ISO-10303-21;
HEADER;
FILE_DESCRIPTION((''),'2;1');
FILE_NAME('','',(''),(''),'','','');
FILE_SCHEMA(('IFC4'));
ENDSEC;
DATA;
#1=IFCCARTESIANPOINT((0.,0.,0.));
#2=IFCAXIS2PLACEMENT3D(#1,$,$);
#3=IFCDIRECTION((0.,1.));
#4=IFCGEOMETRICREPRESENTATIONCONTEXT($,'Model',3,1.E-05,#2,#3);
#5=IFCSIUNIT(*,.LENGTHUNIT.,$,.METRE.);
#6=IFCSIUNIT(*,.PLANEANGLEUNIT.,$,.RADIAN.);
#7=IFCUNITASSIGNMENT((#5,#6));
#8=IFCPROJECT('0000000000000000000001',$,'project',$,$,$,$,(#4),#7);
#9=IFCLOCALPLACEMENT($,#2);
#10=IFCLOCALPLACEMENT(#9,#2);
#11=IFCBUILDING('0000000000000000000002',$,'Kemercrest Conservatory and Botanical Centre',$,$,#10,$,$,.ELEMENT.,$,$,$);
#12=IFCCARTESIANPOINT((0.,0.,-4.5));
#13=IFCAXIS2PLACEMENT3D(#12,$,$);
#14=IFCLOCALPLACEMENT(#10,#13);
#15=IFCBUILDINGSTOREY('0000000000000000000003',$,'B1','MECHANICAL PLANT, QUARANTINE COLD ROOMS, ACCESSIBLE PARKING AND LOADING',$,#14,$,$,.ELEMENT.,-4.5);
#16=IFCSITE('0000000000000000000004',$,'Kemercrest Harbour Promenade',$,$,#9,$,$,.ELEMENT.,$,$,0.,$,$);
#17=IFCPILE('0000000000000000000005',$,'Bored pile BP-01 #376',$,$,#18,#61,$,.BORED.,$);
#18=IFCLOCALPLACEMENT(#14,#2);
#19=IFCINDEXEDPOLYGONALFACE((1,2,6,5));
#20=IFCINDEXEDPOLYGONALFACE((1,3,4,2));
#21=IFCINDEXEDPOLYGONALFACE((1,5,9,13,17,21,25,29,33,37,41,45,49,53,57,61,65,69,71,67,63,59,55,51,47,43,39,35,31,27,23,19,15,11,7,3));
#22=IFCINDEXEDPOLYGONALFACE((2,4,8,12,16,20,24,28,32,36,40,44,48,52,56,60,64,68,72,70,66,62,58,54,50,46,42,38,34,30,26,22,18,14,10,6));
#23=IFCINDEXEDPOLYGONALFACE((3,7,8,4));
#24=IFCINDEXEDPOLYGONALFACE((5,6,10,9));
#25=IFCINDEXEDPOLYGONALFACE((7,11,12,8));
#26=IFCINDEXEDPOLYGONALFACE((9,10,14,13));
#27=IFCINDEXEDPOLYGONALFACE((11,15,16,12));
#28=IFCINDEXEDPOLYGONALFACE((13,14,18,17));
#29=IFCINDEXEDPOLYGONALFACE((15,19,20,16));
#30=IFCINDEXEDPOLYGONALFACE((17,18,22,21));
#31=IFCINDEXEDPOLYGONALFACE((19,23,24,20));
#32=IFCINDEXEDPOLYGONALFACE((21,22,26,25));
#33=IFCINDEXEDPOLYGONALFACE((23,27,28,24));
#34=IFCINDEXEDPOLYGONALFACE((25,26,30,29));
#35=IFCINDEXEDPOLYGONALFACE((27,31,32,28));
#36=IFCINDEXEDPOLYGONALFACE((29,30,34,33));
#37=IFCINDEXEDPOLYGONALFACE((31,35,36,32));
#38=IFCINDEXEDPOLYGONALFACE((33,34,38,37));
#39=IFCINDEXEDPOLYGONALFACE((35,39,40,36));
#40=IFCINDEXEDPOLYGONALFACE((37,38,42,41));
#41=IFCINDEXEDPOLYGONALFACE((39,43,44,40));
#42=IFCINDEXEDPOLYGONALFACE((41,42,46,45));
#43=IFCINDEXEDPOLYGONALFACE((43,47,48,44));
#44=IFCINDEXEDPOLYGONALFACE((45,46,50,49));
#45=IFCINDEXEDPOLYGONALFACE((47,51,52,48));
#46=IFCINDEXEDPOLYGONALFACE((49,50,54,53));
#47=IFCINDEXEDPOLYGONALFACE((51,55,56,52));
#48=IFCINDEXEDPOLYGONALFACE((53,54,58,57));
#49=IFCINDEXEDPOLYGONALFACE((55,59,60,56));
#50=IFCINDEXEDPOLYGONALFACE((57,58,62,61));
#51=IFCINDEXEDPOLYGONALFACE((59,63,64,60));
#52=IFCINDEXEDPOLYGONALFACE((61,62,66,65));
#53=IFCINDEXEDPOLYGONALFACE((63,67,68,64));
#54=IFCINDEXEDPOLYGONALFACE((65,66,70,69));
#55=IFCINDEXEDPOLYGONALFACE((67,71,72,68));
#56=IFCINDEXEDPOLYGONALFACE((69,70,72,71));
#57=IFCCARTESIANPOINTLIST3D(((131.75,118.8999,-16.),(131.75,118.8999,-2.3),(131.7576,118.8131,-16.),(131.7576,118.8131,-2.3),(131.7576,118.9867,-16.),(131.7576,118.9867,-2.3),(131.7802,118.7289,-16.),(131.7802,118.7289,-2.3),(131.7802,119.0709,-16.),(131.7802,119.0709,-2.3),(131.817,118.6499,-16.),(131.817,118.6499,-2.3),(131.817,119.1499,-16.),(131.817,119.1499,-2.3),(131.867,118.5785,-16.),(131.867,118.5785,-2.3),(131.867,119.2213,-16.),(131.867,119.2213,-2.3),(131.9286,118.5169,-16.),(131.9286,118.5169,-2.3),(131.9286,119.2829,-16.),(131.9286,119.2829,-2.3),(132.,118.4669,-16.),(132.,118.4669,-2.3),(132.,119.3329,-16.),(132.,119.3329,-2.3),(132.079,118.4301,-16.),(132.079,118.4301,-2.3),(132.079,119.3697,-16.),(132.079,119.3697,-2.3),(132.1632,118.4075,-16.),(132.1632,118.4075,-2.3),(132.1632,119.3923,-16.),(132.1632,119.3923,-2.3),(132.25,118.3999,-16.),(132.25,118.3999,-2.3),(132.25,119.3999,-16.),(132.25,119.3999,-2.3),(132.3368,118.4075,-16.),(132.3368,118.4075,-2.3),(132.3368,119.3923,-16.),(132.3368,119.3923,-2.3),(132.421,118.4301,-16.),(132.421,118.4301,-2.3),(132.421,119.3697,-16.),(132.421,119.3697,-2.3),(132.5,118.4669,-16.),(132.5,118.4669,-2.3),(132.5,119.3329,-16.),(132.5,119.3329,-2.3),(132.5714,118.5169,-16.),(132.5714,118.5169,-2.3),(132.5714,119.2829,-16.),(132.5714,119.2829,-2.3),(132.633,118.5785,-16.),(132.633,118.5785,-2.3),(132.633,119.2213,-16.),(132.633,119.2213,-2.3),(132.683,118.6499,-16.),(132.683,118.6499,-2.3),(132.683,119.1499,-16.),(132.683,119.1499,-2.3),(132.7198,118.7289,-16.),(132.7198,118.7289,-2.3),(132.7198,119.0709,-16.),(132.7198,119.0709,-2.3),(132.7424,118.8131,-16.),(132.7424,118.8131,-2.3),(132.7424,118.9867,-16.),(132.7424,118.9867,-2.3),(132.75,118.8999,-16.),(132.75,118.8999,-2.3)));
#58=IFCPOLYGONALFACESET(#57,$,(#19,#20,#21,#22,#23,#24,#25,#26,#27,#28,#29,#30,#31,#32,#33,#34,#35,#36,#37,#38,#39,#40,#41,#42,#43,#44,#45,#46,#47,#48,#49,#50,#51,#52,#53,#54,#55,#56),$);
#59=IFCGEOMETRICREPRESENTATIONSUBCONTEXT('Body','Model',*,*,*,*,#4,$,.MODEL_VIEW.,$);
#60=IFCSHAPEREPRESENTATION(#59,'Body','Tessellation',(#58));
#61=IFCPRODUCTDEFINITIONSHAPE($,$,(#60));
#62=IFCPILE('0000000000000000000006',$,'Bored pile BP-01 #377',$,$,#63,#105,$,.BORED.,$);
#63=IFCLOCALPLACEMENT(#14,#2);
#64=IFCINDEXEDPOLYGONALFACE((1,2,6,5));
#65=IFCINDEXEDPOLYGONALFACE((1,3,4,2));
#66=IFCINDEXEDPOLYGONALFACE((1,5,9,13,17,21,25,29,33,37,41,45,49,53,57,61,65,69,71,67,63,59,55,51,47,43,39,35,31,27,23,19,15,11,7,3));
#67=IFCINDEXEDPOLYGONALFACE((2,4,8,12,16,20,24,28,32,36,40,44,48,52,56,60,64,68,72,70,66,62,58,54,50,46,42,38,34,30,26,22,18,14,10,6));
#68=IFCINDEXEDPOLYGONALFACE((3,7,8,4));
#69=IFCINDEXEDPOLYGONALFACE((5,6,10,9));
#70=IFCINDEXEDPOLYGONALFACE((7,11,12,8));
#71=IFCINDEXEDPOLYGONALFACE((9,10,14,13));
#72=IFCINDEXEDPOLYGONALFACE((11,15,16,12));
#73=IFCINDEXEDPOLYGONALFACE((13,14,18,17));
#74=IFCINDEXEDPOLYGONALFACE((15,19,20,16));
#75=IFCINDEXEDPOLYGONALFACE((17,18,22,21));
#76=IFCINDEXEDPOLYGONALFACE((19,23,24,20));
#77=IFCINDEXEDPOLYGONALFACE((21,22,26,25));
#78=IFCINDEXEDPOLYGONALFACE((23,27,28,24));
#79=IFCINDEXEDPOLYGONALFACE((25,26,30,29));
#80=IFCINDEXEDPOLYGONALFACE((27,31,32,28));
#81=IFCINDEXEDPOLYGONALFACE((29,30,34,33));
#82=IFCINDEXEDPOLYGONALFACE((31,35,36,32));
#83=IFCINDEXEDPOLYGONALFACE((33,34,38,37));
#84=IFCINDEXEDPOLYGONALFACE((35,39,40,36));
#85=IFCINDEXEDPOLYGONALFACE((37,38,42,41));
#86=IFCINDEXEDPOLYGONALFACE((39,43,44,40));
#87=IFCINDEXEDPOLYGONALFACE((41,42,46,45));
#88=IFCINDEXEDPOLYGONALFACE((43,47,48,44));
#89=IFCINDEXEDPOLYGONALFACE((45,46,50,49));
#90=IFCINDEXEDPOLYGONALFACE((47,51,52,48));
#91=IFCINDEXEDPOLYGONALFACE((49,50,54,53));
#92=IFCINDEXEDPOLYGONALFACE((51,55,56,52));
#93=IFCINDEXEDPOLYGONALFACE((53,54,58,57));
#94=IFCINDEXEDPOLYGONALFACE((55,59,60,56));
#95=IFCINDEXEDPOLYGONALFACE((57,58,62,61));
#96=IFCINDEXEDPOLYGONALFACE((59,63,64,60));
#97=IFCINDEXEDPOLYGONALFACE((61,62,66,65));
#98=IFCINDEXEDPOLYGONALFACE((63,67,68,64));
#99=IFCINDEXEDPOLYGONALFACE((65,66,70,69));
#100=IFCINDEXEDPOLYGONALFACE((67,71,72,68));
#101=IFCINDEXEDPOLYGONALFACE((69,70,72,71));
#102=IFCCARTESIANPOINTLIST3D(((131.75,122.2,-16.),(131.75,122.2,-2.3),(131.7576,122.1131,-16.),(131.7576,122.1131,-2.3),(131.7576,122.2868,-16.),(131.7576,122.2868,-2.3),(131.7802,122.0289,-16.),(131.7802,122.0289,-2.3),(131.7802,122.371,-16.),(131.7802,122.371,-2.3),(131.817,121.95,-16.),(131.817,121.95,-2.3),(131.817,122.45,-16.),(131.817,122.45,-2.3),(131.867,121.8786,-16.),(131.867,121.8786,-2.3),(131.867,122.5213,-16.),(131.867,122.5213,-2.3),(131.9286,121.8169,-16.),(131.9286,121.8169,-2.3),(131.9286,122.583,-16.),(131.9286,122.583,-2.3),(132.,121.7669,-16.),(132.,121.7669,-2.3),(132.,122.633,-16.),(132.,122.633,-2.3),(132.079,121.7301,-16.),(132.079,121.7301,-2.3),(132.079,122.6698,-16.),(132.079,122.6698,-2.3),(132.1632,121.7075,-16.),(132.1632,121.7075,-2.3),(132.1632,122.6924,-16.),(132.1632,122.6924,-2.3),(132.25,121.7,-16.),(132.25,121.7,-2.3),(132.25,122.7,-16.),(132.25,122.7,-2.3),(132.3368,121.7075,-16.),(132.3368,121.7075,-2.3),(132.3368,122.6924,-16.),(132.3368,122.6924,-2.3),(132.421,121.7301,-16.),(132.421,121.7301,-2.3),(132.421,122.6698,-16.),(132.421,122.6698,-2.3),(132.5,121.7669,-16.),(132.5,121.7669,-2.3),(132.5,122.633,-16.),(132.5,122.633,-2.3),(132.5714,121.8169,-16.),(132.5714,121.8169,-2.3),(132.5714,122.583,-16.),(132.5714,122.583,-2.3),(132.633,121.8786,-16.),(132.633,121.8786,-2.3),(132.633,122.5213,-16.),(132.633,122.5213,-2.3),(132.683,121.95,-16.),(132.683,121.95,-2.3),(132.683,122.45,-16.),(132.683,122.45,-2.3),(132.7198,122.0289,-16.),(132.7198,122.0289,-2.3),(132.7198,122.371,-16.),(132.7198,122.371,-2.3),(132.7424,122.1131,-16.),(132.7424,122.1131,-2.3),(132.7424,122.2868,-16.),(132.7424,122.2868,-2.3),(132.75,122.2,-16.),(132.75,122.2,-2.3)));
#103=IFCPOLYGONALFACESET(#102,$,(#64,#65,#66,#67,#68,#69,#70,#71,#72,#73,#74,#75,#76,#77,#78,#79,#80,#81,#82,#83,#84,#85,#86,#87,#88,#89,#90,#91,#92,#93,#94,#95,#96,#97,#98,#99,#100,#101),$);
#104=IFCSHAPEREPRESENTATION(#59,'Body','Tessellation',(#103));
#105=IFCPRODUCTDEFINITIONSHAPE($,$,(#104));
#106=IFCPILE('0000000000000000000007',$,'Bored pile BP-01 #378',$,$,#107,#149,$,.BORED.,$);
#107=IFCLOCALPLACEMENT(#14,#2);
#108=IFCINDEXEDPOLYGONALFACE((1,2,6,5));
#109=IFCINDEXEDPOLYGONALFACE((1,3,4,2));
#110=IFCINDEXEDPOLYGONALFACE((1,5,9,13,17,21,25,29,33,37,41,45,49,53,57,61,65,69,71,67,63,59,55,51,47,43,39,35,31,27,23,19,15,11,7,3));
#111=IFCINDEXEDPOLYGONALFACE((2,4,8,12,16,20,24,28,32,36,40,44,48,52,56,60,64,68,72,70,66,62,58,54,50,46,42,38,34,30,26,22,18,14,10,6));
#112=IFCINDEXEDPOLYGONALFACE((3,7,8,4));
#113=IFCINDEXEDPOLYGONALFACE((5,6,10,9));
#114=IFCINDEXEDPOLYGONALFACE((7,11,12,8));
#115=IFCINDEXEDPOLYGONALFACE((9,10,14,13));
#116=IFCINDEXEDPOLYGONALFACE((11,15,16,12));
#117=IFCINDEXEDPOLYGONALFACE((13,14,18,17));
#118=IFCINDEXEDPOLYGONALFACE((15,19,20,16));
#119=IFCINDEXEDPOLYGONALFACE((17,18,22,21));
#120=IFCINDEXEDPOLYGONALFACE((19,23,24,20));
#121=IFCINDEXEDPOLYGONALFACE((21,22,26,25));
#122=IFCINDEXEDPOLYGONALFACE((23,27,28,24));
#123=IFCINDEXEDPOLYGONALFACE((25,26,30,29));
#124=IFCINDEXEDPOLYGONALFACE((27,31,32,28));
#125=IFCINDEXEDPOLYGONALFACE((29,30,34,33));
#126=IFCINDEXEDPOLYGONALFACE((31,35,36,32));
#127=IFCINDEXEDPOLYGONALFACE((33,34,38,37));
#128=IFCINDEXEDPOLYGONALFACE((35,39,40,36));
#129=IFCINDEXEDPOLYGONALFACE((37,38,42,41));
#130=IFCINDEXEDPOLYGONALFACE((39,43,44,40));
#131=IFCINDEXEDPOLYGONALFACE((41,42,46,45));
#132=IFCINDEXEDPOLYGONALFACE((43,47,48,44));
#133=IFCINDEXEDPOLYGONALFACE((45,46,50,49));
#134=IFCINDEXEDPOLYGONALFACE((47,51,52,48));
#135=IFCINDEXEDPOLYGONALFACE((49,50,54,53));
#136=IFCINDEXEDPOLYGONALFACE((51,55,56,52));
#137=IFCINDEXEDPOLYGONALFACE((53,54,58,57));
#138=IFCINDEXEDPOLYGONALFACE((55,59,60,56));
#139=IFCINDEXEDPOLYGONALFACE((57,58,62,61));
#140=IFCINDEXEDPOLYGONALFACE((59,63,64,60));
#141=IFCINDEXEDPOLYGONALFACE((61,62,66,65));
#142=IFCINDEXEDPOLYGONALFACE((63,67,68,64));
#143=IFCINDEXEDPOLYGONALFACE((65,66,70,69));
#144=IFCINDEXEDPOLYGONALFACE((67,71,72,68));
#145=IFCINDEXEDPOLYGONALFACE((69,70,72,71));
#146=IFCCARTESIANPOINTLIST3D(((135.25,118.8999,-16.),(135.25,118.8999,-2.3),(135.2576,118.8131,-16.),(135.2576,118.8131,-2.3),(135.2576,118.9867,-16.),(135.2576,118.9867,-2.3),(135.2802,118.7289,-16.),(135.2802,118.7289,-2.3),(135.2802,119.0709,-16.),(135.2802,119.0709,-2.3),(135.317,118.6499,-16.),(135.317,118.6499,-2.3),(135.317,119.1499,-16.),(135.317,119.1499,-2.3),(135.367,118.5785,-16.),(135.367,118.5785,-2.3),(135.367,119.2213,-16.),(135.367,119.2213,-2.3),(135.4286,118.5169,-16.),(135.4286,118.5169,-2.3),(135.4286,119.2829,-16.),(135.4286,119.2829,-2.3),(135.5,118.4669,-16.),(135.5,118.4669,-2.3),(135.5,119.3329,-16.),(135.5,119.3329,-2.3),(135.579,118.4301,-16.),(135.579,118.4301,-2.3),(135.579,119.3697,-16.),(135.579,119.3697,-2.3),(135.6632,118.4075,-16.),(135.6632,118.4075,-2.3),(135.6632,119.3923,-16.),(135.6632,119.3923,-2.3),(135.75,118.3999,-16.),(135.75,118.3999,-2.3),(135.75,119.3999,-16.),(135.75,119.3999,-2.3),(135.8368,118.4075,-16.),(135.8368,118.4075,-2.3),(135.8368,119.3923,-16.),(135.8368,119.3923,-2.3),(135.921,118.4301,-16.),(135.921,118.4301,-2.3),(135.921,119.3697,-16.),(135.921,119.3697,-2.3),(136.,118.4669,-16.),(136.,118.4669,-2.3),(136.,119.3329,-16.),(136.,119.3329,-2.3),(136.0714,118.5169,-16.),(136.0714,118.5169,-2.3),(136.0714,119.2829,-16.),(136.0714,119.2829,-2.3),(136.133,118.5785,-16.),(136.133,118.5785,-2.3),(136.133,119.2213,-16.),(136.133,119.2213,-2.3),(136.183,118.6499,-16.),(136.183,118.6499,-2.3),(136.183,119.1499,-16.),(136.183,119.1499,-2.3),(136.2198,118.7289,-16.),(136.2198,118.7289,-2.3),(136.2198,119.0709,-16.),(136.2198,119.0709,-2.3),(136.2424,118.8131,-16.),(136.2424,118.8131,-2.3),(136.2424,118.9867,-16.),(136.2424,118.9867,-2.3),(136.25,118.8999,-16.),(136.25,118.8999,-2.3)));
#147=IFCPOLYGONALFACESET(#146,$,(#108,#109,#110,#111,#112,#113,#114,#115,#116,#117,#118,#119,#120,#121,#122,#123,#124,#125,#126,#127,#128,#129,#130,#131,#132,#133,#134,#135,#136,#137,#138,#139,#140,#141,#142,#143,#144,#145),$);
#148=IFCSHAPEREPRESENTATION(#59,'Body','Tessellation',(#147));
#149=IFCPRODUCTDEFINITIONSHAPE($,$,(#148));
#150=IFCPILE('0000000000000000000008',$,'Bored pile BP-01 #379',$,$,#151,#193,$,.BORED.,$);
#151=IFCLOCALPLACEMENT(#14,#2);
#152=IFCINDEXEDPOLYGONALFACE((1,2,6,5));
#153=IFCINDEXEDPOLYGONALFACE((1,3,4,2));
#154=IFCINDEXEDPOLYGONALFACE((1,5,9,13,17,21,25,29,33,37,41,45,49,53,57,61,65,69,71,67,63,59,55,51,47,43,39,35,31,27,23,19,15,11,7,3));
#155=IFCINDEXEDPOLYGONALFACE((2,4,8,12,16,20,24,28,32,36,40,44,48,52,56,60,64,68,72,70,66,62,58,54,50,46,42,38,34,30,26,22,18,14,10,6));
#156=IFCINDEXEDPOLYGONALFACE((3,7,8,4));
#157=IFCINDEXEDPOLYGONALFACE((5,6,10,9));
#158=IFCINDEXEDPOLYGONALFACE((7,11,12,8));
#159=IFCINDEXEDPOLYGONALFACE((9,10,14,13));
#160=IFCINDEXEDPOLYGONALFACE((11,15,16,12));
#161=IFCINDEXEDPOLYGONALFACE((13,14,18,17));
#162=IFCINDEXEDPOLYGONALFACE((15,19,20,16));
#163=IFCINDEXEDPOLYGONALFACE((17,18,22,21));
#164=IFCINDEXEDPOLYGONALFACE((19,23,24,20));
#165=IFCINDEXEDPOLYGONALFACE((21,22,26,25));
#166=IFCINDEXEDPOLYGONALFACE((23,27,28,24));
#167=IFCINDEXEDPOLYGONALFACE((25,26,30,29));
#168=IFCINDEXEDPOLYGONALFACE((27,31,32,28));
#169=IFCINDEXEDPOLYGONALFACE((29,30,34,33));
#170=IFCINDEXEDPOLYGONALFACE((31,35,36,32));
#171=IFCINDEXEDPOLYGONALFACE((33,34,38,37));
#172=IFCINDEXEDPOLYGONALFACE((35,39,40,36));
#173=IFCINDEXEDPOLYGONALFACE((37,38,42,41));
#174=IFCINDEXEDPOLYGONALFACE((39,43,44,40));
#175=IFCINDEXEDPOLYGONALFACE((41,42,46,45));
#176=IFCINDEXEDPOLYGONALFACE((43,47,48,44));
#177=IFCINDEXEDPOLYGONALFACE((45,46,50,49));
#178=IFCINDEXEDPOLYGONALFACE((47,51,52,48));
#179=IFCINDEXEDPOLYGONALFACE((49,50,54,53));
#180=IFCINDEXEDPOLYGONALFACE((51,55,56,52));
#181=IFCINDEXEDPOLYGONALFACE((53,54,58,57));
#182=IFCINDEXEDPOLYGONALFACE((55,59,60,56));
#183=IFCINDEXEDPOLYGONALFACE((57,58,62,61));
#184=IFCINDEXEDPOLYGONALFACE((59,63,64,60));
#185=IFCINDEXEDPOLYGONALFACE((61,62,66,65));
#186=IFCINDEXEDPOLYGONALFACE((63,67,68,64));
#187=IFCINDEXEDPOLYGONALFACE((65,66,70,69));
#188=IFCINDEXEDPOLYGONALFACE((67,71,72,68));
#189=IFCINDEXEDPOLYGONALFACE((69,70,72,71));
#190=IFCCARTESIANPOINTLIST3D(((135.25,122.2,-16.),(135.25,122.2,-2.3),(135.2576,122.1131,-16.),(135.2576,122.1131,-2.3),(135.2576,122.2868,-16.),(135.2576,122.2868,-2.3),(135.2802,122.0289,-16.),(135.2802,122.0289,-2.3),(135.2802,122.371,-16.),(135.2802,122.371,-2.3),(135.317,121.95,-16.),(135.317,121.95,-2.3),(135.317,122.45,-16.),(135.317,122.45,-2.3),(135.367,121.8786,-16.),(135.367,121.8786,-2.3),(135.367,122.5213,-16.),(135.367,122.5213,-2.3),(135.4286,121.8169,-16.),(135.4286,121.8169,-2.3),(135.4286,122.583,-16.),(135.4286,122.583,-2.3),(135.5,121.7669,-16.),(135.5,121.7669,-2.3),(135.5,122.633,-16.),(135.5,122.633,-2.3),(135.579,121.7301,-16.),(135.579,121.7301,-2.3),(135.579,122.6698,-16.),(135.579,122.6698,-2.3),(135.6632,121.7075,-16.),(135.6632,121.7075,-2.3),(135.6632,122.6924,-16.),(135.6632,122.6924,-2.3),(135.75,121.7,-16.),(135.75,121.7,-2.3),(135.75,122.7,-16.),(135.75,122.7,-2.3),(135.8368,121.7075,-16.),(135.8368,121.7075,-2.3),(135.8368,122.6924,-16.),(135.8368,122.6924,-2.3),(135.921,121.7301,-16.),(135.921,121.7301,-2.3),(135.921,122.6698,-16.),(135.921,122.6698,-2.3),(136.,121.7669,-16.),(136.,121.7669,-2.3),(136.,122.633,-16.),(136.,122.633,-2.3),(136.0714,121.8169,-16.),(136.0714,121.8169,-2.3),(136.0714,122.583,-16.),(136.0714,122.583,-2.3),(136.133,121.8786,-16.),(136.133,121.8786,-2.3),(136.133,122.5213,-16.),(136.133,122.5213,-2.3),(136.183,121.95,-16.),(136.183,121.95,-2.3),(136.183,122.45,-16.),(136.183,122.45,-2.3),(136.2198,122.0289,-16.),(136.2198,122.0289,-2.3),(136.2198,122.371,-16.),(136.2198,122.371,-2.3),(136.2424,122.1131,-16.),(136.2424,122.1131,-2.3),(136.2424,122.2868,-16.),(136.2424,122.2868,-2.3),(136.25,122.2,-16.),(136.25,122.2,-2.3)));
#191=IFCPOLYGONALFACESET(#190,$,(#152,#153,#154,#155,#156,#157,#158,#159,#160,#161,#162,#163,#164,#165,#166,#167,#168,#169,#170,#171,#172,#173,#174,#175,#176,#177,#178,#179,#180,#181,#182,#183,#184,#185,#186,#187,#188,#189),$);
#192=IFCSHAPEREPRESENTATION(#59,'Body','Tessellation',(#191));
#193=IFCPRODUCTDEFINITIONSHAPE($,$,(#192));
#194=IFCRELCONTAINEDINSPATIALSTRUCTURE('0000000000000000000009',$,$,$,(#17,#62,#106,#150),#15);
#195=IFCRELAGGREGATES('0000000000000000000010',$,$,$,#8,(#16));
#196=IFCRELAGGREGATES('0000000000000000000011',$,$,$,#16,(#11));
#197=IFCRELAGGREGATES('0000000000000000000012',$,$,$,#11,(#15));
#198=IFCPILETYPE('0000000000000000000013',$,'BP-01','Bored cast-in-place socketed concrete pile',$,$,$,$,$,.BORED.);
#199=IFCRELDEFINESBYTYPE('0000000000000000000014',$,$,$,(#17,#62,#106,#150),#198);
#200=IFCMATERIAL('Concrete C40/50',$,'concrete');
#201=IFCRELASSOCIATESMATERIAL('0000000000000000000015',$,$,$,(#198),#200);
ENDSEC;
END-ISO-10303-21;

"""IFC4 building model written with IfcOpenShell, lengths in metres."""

from ifc_helpers import new_model, si_unit, direction, frame, origin, origin_2d, place, context, subcontext, project, spatial, circle, extrude, material, material_profile, profile_set, type_object, element, save


model = new_model("IFC4")

# Units and contexts
model_context = context("Model", 3, precision=1e-05, world=origin(), true_north=direction((0.0, 1.0)))
body_context = subcontext(model_context, "Body", "Model", "MODEL_VIEW")
ifc_project = project(units=[si_unit("LENGTHUNIT", "METRE"), si_unit("PLANEANGLEUNIT", "RADIAN")], contexts=[model_context])

# Site, building, storey
site_placement = place(None, origin())
site = spatial("IfcSite", under=ifc_project, at=site_placement, Name="Kemercrest Harbour Promenade", CompositionType="ELEMENT", RefElevation=0.0)
building_placement = place(site_placement, origin())
building = spatial("IfcBuilding", under=site, at=building_placement, Name="Kemercrest Conservatory and Botanical Centre", CompositionType="ELEMENT")
storey_placement = place(building_placement, frame((0.0, 0.0, -4.5)))
storey = spatial("IfcBuildingStorey", under=building, at=storey_placement, Name="B1", Description="MECHANICAL PLANT, QUARANTINE COLD ROOMS, ACCESSIBLE PARKING AND LOADING", CompositionType="ELEMENT", Elevation=-4.5)

# Piles
ifc_material_1 = material(Name="Concrete C40/50", Category="concrete")
ifc_material_profile_1 = material_profile(ifc_material_1, circle(Radius=0.5, at=origin_2d()), Name="BORED PILE 1000")
ifc_profile_set_1 = profile_set([ifc_material_profile_1], Name="Concrete C40/50")
pile_type = type_object("IfcPileType", Name="BP-01", Description="Bored cast-in-place socketed concrete pile", PredefinedType="BORED", material=ifc_profile_set_1)
for number, where, z_axis, x_axis, name in (
    (1, (132.25, 118.8999, -2.3), (0.0, 0.0, -1.0), (1.0, 0.0, 0.0), "Bored pile BP-01 #376"),
    (2, (132.25, 122.2, -2.3), (0.0, 0.0, -1.0), (1.0, 0.0, 0.0), "Bored pile BP-01 #377"),
    (3, (135.75, 118.8999, -2.3), (0.0, 0.0, -1.0), (1.0, 0.0, 0.0), "Bored pile BP-01 #378"),
    (4, (135.75, 122.2, -2.3), (0.0, 0.0, -1.0), (1.0, 0.0, 0.0), "Bored pile BP-01 #379"),
):
    element("IfcPile", number, at=place(storey_placement, frame(where, z_axis=z_axis, x_axis=x_axis)), inside=storey, type_object=pile_type, Name=name, PredefinedType="BORED", context=body_context, shape_type="SweptSolid", body=[
        extrude(circle(Radius=0.5, at=origin_2d()), origin(), (0.0, 0.0, 1.0), 13.7),
    ])

save(model, "model.ifc")
